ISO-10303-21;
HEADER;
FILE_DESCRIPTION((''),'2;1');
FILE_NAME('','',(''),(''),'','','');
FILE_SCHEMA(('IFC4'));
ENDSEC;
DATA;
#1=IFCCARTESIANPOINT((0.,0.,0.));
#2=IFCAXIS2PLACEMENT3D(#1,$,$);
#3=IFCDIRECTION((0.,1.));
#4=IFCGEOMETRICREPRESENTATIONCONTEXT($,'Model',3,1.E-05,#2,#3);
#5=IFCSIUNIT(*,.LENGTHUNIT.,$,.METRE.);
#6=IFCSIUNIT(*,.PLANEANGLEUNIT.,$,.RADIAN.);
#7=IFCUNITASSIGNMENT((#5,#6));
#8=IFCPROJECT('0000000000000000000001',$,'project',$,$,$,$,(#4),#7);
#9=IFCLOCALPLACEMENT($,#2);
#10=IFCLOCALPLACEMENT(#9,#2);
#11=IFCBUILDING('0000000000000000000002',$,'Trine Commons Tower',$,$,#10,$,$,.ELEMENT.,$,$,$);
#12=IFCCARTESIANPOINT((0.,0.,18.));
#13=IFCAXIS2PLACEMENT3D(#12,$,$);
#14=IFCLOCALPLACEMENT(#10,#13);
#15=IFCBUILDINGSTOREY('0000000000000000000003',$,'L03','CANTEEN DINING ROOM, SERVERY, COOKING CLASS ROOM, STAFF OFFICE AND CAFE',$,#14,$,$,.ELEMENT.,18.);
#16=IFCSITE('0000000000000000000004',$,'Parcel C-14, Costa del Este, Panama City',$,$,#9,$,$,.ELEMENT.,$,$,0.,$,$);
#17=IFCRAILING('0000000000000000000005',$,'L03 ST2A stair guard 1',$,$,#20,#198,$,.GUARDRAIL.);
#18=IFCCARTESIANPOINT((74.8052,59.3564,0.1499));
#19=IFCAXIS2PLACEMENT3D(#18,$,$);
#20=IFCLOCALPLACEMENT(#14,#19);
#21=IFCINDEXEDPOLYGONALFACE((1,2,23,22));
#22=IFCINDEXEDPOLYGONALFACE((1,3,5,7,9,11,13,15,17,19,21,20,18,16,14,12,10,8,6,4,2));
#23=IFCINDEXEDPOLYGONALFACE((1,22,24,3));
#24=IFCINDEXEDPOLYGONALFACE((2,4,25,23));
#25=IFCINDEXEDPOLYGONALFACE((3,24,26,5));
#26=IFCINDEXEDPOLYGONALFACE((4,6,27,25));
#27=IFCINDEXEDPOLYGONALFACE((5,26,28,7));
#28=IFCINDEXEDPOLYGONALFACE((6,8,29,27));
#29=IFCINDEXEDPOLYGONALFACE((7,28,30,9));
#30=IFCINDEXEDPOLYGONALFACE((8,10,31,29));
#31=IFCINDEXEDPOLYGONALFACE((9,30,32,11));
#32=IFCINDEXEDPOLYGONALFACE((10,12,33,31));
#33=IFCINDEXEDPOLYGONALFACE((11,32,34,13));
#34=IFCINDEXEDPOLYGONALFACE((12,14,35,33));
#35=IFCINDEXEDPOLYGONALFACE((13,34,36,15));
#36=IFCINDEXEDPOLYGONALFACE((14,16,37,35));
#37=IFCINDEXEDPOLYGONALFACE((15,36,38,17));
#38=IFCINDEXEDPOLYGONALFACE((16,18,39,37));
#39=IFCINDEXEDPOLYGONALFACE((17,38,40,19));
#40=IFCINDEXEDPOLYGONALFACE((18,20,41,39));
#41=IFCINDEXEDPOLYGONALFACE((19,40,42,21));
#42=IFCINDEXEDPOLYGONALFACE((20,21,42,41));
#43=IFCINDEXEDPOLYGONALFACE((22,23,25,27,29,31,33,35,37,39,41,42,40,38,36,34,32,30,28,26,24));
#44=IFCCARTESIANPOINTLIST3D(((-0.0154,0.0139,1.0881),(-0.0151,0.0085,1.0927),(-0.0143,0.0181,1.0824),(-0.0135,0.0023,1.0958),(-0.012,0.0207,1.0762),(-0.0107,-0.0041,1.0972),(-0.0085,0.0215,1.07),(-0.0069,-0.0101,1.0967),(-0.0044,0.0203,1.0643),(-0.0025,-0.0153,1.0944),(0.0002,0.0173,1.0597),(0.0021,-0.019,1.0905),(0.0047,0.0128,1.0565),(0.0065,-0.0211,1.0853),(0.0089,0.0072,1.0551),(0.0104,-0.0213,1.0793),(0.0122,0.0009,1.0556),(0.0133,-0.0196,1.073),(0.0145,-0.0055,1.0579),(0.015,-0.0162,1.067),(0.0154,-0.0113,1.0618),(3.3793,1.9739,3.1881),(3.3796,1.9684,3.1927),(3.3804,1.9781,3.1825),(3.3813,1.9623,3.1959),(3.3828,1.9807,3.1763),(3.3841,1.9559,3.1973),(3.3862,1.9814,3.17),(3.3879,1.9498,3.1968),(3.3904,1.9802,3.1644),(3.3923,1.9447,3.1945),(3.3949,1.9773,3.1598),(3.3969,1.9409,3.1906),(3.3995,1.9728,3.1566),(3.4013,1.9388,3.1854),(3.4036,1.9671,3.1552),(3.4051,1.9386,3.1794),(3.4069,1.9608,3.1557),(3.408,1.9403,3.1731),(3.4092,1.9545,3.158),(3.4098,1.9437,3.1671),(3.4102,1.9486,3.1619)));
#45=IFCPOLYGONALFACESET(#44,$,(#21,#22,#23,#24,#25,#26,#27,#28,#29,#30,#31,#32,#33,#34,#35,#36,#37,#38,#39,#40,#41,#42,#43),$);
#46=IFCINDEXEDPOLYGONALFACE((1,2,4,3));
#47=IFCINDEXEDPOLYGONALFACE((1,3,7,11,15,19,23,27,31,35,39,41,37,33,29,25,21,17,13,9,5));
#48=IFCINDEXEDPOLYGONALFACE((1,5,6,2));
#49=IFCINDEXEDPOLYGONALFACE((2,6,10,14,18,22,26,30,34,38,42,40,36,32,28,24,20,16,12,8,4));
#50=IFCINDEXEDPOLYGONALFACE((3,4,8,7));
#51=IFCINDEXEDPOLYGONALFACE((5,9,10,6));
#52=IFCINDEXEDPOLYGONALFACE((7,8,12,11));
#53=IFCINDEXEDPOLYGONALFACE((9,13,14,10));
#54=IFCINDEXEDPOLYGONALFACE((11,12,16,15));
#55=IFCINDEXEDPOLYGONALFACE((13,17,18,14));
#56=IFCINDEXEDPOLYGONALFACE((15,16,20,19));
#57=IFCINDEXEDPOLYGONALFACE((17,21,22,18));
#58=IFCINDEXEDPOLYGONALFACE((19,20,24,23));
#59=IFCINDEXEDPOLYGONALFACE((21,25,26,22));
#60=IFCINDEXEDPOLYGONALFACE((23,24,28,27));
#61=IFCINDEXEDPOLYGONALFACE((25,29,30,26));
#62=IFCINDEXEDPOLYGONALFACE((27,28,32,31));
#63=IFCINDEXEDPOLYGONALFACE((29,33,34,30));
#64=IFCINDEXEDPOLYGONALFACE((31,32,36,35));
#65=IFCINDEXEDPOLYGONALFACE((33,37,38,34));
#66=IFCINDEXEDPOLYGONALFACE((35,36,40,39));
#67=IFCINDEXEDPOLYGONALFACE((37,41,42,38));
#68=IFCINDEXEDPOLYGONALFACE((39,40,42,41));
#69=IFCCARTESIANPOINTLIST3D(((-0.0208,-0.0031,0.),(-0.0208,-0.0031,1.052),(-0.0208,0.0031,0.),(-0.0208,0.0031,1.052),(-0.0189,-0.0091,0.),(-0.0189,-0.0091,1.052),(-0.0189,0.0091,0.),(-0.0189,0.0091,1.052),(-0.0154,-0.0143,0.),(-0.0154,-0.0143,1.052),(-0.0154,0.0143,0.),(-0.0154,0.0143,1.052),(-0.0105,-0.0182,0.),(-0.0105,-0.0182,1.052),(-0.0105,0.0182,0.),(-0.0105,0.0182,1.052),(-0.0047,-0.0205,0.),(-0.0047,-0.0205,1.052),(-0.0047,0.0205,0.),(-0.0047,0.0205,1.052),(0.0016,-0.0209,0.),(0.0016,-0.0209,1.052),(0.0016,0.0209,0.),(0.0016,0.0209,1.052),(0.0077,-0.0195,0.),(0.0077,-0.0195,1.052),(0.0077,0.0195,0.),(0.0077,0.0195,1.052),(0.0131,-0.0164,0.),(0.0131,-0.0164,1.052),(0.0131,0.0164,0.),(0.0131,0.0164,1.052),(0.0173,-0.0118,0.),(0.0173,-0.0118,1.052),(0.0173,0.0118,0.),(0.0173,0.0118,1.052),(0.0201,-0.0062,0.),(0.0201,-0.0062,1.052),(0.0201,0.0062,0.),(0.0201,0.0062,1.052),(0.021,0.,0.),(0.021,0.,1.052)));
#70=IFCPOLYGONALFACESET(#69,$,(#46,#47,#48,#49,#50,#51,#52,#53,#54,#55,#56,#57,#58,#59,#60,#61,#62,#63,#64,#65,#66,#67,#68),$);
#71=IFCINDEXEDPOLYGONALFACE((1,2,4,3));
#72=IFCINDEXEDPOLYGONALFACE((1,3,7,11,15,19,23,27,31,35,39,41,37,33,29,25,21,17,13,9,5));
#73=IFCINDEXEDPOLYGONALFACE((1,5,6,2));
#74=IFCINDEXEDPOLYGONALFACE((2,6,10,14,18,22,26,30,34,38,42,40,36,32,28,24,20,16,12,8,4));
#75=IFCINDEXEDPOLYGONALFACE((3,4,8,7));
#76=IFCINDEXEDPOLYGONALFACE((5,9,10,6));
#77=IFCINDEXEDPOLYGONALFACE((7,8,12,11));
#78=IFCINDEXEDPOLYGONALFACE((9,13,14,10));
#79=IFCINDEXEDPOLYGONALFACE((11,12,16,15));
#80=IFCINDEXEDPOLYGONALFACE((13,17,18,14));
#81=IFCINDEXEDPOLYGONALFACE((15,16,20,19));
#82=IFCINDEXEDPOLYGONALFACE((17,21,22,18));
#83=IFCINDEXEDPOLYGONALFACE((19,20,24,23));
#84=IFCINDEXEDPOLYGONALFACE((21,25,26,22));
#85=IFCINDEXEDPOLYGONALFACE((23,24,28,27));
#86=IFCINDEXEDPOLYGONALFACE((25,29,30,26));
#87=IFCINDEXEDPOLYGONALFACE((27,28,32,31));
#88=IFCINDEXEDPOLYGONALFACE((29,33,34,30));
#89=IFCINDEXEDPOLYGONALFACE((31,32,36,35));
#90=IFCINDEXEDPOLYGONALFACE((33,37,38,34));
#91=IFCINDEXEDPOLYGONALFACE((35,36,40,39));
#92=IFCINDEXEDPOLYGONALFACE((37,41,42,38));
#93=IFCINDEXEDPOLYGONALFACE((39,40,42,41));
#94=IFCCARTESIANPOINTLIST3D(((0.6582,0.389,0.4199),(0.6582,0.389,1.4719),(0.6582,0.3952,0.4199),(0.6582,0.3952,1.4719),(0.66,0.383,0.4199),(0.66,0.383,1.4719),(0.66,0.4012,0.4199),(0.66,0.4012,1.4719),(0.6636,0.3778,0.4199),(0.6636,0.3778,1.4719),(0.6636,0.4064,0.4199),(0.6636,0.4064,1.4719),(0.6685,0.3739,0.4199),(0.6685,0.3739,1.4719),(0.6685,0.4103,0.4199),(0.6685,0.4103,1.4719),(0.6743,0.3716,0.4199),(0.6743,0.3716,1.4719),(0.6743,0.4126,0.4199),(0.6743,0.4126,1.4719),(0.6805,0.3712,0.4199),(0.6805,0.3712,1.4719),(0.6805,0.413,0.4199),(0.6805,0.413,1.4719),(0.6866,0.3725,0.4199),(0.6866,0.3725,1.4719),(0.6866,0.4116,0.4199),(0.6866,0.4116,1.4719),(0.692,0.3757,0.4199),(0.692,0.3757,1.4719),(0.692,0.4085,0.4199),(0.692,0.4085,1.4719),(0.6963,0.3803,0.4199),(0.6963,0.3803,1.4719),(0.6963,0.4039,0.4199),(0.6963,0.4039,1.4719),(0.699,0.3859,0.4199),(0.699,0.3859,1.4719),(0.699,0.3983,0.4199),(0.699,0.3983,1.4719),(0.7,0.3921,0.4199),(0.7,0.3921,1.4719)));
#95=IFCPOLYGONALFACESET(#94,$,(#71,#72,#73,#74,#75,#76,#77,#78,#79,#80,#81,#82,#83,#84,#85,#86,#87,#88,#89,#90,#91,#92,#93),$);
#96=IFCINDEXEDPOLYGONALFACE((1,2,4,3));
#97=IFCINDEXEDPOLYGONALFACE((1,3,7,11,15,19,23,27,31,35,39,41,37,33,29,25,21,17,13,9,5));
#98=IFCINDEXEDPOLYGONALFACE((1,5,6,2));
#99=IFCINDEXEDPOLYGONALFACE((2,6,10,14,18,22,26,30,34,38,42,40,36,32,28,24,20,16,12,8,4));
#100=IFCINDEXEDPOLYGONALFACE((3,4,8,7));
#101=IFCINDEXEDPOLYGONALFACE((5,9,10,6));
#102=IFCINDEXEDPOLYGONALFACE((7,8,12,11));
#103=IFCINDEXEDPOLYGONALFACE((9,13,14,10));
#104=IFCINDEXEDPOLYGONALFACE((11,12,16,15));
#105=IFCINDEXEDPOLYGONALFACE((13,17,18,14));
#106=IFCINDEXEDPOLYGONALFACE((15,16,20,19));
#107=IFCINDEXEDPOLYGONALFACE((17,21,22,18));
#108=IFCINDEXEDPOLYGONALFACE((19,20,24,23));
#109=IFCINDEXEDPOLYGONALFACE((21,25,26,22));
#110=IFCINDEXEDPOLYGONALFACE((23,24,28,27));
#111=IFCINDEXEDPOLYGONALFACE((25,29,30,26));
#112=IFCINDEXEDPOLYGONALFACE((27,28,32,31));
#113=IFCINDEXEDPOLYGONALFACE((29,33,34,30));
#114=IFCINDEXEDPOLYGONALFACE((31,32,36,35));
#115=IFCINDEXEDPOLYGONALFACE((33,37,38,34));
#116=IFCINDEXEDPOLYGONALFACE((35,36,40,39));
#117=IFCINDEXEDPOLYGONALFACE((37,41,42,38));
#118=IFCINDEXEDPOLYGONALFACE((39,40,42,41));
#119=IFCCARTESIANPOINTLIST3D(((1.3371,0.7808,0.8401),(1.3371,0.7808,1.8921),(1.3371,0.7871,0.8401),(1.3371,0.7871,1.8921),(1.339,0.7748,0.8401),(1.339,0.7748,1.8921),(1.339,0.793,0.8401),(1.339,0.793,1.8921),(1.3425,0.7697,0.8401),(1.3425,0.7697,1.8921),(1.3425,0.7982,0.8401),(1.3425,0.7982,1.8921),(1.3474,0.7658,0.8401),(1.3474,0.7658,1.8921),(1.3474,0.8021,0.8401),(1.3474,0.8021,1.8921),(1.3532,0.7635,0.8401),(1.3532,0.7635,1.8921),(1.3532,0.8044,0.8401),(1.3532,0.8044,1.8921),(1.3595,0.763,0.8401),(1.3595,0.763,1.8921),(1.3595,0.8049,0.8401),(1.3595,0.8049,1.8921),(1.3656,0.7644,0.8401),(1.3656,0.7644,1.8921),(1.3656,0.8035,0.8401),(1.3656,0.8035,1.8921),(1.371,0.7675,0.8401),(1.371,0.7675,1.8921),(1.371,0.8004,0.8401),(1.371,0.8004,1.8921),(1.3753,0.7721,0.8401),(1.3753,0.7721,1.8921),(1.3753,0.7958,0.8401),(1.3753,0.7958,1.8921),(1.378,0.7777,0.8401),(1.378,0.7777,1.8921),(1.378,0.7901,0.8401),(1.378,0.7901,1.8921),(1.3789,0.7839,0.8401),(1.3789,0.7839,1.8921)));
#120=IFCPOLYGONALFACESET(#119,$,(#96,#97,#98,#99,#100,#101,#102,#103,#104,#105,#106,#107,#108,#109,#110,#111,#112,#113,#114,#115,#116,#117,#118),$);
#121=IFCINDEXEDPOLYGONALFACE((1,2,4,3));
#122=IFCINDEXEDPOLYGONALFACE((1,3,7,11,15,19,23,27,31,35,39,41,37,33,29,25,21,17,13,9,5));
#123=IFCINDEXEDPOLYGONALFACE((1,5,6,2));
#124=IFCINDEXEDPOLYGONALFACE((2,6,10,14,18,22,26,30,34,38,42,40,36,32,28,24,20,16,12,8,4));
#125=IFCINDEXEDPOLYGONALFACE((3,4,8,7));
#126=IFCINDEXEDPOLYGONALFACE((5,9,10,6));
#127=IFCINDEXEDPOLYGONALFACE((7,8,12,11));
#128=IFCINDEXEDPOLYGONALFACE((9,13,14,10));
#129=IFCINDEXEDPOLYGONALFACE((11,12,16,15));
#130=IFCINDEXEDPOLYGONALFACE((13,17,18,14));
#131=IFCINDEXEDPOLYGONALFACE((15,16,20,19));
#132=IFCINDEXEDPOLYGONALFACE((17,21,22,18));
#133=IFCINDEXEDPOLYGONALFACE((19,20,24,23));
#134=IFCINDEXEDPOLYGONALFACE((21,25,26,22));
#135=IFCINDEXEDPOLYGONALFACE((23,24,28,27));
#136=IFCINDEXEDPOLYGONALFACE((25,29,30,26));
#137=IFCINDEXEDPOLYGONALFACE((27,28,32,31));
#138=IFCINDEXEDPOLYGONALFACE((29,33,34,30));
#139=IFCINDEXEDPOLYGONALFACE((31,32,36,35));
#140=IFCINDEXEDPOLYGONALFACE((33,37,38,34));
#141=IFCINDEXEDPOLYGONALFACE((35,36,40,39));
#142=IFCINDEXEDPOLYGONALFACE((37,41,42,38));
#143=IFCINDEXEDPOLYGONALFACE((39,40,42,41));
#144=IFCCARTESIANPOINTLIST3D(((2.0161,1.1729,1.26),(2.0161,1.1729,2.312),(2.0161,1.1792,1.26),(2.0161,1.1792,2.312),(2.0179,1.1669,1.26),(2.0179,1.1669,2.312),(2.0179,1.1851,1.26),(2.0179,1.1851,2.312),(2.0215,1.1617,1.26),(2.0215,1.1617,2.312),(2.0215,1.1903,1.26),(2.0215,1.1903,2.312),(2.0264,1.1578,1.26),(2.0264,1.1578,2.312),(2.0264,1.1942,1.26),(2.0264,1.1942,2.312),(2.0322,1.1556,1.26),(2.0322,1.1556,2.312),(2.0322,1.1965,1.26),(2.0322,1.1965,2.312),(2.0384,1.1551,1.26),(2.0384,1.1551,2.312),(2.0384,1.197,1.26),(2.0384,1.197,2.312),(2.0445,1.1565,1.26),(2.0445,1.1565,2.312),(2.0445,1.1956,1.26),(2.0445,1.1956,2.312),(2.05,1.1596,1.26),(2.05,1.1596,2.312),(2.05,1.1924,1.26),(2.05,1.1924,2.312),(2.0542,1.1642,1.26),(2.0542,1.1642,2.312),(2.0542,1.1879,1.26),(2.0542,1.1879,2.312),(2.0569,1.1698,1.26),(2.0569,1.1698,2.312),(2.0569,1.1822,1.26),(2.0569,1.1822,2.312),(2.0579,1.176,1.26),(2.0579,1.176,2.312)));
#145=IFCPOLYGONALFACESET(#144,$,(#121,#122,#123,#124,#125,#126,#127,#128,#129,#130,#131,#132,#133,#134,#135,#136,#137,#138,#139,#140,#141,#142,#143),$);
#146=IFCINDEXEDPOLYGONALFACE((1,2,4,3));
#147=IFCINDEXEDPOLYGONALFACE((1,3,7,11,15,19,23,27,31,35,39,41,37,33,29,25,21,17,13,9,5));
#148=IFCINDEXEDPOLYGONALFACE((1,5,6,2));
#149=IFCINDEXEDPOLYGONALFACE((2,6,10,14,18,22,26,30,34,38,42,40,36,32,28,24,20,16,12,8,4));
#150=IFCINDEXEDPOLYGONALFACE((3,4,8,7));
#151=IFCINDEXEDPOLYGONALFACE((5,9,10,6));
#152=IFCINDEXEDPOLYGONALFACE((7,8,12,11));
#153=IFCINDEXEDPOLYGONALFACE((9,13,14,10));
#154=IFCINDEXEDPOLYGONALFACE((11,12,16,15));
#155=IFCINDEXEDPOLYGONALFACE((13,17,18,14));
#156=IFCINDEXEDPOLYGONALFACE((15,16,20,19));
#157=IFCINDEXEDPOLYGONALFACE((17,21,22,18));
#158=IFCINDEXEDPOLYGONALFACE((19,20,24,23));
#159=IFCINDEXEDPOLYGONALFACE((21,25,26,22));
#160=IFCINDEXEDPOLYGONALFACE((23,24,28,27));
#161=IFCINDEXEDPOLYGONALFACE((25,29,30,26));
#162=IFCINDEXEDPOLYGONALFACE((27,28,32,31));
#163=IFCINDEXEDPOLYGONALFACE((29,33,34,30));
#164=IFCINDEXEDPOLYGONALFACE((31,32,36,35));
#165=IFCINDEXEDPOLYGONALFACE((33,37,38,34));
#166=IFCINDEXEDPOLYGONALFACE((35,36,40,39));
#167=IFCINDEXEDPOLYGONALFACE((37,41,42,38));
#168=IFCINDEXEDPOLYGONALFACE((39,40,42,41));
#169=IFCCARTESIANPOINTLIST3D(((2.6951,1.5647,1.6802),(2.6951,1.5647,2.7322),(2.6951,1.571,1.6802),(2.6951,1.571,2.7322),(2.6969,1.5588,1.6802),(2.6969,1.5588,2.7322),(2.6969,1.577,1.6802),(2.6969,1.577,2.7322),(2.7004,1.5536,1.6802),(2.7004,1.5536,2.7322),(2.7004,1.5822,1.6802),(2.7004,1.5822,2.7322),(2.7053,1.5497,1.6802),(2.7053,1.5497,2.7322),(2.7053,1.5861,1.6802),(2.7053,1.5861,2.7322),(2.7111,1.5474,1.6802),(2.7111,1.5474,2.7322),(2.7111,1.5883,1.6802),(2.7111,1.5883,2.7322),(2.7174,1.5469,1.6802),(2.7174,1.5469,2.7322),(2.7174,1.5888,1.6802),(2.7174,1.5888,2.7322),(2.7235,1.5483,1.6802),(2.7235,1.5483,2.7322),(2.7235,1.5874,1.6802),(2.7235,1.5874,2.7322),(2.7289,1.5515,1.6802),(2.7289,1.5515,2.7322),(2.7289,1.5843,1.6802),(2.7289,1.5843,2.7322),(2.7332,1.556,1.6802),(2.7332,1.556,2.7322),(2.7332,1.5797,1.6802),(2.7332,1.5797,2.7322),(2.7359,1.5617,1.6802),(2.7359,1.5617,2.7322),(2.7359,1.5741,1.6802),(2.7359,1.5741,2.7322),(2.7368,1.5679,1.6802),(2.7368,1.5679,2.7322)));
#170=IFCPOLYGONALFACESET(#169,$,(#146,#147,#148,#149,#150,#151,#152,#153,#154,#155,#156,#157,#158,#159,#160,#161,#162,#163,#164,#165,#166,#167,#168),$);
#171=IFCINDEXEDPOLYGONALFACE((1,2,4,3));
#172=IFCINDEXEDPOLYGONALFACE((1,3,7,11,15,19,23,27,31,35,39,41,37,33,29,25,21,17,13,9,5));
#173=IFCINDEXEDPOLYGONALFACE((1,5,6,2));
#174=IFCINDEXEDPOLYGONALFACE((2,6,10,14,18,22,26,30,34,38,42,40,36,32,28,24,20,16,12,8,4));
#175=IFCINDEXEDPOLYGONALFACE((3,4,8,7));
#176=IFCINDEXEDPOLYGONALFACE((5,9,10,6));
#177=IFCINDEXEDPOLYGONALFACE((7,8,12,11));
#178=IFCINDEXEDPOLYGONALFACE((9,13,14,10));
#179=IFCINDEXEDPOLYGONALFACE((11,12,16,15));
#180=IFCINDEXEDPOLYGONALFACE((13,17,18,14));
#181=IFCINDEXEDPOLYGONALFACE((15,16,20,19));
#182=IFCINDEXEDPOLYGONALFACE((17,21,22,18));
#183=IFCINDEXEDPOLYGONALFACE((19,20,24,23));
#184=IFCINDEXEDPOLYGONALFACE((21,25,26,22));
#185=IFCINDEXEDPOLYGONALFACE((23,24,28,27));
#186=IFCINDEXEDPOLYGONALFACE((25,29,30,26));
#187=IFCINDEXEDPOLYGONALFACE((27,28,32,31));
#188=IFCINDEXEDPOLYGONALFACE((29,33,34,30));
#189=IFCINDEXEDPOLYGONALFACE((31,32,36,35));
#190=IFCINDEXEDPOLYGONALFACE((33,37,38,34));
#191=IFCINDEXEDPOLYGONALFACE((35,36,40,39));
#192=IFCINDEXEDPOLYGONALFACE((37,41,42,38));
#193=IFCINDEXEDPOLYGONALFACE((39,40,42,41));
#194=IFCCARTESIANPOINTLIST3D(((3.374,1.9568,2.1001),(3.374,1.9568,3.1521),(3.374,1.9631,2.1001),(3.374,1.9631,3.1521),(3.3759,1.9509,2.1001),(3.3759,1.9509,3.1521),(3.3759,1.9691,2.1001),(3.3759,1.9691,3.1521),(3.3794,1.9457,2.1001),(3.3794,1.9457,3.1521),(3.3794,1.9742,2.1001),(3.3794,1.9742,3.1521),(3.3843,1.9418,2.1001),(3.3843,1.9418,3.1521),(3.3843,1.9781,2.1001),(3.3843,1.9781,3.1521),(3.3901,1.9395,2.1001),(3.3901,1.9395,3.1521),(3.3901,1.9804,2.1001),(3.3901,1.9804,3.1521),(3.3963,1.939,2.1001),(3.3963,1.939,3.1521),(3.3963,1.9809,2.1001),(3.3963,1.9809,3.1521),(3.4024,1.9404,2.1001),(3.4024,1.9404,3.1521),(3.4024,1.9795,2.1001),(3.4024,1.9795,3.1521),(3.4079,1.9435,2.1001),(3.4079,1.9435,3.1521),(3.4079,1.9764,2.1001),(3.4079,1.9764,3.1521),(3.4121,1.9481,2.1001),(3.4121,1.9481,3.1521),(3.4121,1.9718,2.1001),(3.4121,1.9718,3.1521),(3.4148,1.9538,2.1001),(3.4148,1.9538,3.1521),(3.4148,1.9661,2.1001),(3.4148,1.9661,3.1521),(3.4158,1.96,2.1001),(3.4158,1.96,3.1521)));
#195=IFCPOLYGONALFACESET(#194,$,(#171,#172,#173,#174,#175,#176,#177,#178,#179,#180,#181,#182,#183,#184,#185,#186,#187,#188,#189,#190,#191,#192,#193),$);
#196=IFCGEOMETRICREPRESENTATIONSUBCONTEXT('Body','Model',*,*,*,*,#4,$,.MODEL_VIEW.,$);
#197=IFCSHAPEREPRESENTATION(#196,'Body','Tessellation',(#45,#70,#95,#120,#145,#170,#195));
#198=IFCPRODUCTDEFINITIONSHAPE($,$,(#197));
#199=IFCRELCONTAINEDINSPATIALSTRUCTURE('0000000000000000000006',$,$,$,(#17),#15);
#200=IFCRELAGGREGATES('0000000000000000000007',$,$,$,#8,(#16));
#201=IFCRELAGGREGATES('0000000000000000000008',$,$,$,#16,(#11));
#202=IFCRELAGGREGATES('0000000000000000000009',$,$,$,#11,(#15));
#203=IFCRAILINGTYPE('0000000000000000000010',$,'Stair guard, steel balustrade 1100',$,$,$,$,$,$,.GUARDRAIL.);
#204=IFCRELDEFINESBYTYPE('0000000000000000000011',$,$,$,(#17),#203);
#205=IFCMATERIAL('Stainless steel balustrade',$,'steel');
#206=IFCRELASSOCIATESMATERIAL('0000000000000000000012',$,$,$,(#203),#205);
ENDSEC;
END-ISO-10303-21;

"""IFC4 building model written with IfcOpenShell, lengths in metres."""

from ifc_helpers import new_model, si_unit, direction, frame, origin, origin_2d, place, context, subcontext, project, spatial, circle, extrude, material, type_object, element, save


model = new_model("IFC4")

# Units and contexts
model_context = context("Model", 3, precision=1e-05, world=origin(), true_north=direction((0.0, 1.0)))
body_context = subcontext(model_context, "Body", "Model", "MODEL_VIEW")
ifc_project = project(units=[si_unit("LENGTHUNIT", "METRE"), si_unit("PLANEANGLEUNIT", "RADIAN")], contexts=[model_context])

# Site, building, storey
site_placement = place(None, origin())
site = spatial("IfcSite", under=ifc_project, at=site_placement, Name="Parcel C-14, Costa del Este, Panama City", CompositionType="ELEMENT", RefElevation=0.0)
building_placement = place(site_placement, origin())
building = spatial("IfcBuilding", under=site, at=building_placement, Name="Trine Commons Tower", CompositionType="ELEMENT")
storey_placement = place(building_placement, frame((0.0, 0.0, 18.0)))
storey = spatial("IfcBuildingStorey", under=building, at=storey_placement, Name="L03", Description="CANTEEN DINING ROOM, SERVERY, COOKING CLASS ROOM, STAFF OFFICE AND CAFE", CompositionType="ELEMENT", Elevation=18.0)

# Railing
ifc_material_1 = material(Name="Stainless steel balustrade", Category="steel")
railing_type_1 = type_object("IfcRailingType", Name="Stair guard, steel balustrade 1100", PredefinedType="GUARDRAIL", material=ifc_material_1)
railing_1_placement = place(storey_placement, frame((74.8052, 59.3564, 0.1499)))
element("IfcRailing", 1, at=railing_1_placement, inside=storey, type_object=railing_type_1, Name="L03 ST2A stair guard 1", PredefinedType="GUARDRAIL", context=body_context, shape_type="SweptSolid", body=[
    extrude(circle(Radius=0.0239, at=origin_2d()), frame((0.0, 0.0, 1.0762), z_axis=(0.763375, 0.440732, 0.472244), x_axis=(-0.499997, 0.866027, 0.0)), (0.0, 0.0, 1.0), 4.447),
    extrude(circle(Radius=0.021, at=origin_2d()), origin(), (0.0, 0.0, 1.0), 1.052),
    extrude(circle(Radius=0.021, at=origin_2d()), frame((0.679, 0.3921, 0.4199)), (0.0, 0.0, 1.0), 1.052),
    extrude(circle(Radius=0.021, at=origin_2d()), frame((1.3579, 0.7839, 0.8401)), (0.0, 0.0, 1.0), 1.052),
    extrude(circle(Radius=0.021, at=origin_2d()), frame((2.0369, 1.176, 1.26)), (0.0, 0.0, 1.0), 1.052),
    extrude(circle(Radius=0.021, at=origin_2d()), frame((2.7158, 1.5679, 1.6802)), (0.0, 0.0, 1.0), 1.052),
    extrude(circle(Radius=0.021, at=origin_2d()), frame((3.3948, 1.96, 2.1001)), (0.0, 0.0, 1.0), 1.052),
])

save(model, "model.ifc")
